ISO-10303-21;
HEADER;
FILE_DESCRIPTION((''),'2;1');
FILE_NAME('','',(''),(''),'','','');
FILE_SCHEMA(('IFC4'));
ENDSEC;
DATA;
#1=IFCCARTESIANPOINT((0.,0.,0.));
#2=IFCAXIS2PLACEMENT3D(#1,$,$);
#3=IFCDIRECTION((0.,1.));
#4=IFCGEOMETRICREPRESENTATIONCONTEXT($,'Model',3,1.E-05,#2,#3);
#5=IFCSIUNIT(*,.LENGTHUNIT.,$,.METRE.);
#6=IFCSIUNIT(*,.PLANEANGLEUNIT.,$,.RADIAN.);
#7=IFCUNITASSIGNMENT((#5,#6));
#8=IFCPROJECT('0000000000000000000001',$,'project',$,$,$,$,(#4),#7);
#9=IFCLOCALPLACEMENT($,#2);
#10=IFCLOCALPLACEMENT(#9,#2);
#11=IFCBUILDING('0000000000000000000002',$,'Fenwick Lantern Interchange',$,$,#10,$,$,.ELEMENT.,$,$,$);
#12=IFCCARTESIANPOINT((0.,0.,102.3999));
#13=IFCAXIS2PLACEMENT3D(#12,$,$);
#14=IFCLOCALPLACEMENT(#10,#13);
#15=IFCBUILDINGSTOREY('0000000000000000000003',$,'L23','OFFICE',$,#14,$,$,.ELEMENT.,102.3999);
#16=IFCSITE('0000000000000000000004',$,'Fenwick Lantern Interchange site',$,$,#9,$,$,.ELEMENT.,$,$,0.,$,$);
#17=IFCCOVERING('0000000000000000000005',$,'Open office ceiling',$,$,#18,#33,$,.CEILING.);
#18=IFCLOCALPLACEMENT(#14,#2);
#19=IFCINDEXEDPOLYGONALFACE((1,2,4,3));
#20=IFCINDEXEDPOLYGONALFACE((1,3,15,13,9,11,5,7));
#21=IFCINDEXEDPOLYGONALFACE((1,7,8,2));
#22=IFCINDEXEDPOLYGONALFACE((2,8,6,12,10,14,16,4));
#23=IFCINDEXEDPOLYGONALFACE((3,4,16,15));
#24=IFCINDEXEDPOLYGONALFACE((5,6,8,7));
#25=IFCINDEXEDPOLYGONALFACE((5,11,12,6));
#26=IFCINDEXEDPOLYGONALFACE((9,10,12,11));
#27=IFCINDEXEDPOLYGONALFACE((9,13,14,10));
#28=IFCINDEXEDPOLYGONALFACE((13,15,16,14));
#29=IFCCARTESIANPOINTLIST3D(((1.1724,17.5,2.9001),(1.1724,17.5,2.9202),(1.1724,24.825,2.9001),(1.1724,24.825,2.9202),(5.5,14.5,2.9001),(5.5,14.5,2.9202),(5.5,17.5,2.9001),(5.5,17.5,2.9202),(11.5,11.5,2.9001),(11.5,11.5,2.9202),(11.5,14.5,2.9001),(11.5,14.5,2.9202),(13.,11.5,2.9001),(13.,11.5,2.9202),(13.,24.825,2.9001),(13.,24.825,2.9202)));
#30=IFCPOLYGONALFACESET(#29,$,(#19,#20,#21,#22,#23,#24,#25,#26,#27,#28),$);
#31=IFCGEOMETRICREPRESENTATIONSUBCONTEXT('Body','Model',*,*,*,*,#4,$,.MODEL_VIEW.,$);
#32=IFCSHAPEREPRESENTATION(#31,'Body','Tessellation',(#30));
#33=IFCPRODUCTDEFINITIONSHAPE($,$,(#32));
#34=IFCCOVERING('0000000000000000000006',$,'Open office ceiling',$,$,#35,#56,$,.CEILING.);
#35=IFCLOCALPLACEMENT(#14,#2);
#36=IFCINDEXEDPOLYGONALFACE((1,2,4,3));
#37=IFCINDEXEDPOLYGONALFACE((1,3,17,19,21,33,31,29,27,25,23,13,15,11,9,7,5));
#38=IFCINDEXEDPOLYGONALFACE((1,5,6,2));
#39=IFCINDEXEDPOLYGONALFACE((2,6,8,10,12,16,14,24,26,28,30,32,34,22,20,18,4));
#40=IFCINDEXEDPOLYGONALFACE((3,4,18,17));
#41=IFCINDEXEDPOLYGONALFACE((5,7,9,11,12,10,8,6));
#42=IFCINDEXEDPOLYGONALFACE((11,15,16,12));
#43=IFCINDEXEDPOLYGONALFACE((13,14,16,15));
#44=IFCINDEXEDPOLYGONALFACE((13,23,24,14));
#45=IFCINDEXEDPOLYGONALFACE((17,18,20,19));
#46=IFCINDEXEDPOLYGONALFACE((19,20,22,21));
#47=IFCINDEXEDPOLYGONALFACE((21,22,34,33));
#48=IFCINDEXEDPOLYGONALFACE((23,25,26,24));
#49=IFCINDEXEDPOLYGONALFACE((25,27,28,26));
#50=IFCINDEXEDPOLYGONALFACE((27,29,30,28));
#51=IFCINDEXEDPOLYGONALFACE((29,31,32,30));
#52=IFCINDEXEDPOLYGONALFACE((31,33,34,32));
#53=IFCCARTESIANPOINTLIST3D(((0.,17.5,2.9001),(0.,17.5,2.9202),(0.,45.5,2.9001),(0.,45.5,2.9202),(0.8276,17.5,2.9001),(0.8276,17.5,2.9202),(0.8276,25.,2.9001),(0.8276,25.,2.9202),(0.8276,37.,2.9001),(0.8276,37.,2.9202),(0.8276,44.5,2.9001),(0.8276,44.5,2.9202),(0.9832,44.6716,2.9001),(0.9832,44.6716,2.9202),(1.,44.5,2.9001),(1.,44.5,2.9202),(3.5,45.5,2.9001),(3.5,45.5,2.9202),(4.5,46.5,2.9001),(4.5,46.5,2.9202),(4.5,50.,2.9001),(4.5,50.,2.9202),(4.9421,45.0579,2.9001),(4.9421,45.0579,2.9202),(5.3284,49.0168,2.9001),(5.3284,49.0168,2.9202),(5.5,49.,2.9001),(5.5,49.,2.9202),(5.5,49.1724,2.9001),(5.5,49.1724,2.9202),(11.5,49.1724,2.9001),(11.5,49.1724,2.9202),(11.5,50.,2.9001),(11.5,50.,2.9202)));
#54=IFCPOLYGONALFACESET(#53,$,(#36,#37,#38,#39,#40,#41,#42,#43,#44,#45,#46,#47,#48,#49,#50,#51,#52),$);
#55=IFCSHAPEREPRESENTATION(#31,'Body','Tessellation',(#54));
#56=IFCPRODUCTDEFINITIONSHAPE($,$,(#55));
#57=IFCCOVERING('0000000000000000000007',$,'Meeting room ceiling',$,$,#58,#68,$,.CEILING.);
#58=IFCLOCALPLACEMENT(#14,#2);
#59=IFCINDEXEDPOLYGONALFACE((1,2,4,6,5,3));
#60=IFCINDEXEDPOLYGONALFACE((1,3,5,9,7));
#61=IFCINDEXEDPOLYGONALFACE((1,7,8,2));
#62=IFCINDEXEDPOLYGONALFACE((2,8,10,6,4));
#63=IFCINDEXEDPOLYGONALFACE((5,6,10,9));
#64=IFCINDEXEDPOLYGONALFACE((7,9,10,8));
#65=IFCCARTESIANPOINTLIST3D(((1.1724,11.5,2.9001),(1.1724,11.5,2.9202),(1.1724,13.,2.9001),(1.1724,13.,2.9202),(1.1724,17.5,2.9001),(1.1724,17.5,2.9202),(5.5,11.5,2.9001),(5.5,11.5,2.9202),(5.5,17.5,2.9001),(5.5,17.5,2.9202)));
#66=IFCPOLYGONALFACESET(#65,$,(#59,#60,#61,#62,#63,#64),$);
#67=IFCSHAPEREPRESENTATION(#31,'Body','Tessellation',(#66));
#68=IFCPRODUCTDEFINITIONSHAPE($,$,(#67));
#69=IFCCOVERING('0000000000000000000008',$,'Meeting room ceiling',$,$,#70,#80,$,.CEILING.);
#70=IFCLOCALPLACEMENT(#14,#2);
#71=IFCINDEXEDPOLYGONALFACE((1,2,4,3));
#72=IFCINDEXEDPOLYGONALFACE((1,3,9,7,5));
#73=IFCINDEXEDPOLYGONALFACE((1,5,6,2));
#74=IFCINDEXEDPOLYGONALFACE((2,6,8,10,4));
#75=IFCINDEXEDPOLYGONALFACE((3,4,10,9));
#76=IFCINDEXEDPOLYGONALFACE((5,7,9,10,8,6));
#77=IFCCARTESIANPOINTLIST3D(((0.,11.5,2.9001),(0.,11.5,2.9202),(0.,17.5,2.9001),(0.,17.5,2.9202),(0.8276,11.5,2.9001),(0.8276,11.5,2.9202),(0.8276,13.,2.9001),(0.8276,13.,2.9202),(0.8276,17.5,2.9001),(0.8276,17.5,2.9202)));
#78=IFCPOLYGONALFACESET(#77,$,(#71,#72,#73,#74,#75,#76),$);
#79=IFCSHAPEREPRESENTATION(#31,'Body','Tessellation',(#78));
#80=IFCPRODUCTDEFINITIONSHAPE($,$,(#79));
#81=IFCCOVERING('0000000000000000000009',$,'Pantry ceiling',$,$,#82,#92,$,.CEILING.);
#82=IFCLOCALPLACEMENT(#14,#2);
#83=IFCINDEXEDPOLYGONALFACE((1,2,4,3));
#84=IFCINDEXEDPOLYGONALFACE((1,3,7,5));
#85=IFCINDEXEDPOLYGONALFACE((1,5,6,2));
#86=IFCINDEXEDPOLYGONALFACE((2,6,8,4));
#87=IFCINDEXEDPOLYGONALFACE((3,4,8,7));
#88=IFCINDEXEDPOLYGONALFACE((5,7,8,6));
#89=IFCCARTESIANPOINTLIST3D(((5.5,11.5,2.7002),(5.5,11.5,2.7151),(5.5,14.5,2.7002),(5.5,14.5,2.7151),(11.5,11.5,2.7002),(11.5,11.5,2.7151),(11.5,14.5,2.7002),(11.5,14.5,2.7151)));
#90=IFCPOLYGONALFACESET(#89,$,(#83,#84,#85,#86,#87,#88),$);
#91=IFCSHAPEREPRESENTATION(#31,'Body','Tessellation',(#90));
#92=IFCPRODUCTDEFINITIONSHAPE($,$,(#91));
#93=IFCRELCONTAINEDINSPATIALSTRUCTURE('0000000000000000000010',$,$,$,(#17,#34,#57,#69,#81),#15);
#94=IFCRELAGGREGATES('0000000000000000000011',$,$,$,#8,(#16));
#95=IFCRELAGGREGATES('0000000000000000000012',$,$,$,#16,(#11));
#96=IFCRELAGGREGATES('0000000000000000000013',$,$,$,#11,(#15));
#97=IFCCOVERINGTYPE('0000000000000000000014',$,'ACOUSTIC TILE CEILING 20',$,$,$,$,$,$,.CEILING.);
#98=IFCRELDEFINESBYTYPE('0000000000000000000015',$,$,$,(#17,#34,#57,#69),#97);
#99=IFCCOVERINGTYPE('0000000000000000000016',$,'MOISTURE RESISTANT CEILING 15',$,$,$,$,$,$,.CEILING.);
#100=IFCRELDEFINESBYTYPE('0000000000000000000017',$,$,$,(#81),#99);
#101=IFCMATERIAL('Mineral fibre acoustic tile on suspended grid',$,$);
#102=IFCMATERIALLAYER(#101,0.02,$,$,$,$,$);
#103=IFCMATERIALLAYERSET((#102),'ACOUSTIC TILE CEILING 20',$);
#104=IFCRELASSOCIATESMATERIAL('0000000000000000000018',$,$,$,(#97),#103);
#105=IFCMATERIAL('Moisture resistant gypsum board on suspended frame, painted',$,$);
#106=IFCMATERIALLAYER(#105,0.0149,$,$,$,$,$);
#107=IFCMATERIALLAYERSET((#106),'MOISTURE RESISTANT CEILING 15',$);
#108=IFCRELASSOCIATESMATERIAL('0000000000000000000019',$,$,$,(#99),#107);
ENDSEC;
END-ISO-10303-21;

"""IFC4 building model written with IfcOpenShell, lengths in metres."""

from ifc_helpers import new_model, si_unit, direction, frame, origin, place, context, subcontext, project, spatial, polyline, outline, extrude, material, layer, layer_set, type_object, element, save


model = new_model("IFC4")

# Units and contexts
model_context = context("Model", 3, precision=1e-05, world=origin(), true_north=direction((0.0, 1.0)))
body_context = subcontext(model_context, "Body", "Model", "MODEL_VIEW")
ifc_project = project(units=[si_unit("LENGTHUNIT", "METRE"), si_unit("PLANEANGLEUNIT", "RADIAN")], contexts=[model_context])

# Site, building, storey
site_placement = place(None, origin())
site = spatial("IfcSite", under=ifc_project, at=site_placement, Name="Fenwick Lantern Interchange site", CompositionType="ELEMENT", RefElevation=0.0)
building_placement = place(site_placement, origin())
building = spatial("IfcBuilding", under=site, at=building_placement, Name="Fenwick Lantern Interchange", CompositionType="ELEMENT")
storey_placement = place(building_placement, frame((0.0, 0.0, 102.3999)))
storey = spatial("IfcBuildingStorey", under=building, at=storey_placement, Name="L23", Description="OFFICE", CompositionType="ELEMENT", Elevation=102.3999)

# Coverings
ifc_material_1 = material(Name="Mineral fibre acoustic tile on suspended grid")
ifc_layer_1 = layer(ifc_material_1, 0.02)
ifc_layer_set_1 = layer_set([ifc_layer_1], Name="ACOUSTIC TILE CEILING 20")
covering_type_1 = type_object("IfcCoveringType", Name="ACOUSTIC TILE CEILING 20", PredefinedType="CEILING", material=ifc_layer_set_1)
covering_1_placement = place(storey_placement, frame((0.0, 0.0, 2.9001)))
element("IfcCovering", 1, at=covering_1_placement, inside=storey, type_object=covering_type_1, Name="Open office ceiling", PredefinedType="CEILING", context=body_context, shape_type="SweptSolid", body=[
    extrude(outline(polyline([(13.0, 11.5), (13.0, 24.825), (1.1724, 24.825), (1.1724, 17.5), (5.5, 17.5), (5.5, 14.5), (11.5, 14.5), (11.5, 11.5), (13.0, 11.5)])), origin(), (0.0, 0.0, 1.0), 0.02),
])
covering_2_placement = place(storey_placement, frame((0.0, 0.0, 2.9001)))
element("IfcCovering", 2, at=covering_2_placement, inside=storey, type_object=covering_type_1, Name="Open office ceiling", PredefinedType="CEILING", context=body_context, shape_type="SweptSolid", body=[
    extrude(outline(polyline([(3.5, 45.5), (0.0, 45.5), (0.0, 17.5), (0.8276, 17.5), (0.8276, 25.0), (0.8276, 37.0), (0.8276, 44.5), (1.0, 44.5), (0.9832, 44.6716), (4.9421, 45.0579), (5.3284, 49.0168), (5.5, 49.0), (5.5, 49.1724), (11.5, 49.1724), (11.5, 50.0), (4.5, 50.0), (4.5, 46.5), (3.5, 45.5)])), origin(), (0.0, 0.0, 1.0), 0.02),
])
covering_3_placement = place(storey_placement, frame((0.0, 0.0, 2.9001)))
element("IfcCovering", 3, at=covering_3_placement, inside=storey, type_object=covering_type_1, Name="Meeting room ceiling", PredefinedType="CEILING", context=body_context, shape_type="SweptSolid", body=[
    extrude(outline(polyline([(5.5, 17.5), (1.1724, 17.5), (1.1724, 13.0), (1.1724, 11.5), (5.5, 11.5), (5.5, 17.5)])), origin(), (0.0, 0.0, 1.0), 0.02),
])
covering_4_placement = place(storey_placement, frame((0.0, 0.0, 2.9001)))
element("IfcCovering", 4, at=covering_4_placement, inside=storey, type_object=covering_type_1, Name="Meeting room ceiling", PredefinedType="CEILING", context=body_context, shape_type="SweptSolid", body=[
    extrude(outline(polyline([(0.0, 11.5), (0.8276, 11.5), (0.8276, 13.0), (0.8276, 17.5), (0.0, 17.5), (0.0, 11.5)])), origin(), (0.0, 0.0, 1.0), 0.02),
])
ifc_material_2 = material(Name="Moisture resistant gypsum board on suspended frame, painted")
ifc_layer_2 = layer(ifc_material_2, 0.0149)
ifc_layer_set_2 = layer_set([ifc_layer_2], Name="MOISTURE RESISTANT CEILING 15")
covering_type_2 = type_object("IfcCoveringType", Name="MOISTURE RESISTANT CEILING 15", PredefinedType="CEILING", material=ifc_layer_set_2)
covering_5_placement = place(storey_placement, frame((0.0, 0.0, 2.7002)))
element("IfcCovering", 5, at=covering_5_placement, inside=storey, type_object=covering_type_2, Name="Pantry ceiling", PredefinedType="CEILING", context=body_context, shape_type="SweptSolid", body=[
    extrude(outline(polyline([(5.5, 14.5), (5.5, 11.5), (11.5, 11.5), (11.5, 14.5), (5.5, 14.5)])), origin(), (0.0, 0.0, 1.0), 0.0149),
])

save(model, "model.ifc")
